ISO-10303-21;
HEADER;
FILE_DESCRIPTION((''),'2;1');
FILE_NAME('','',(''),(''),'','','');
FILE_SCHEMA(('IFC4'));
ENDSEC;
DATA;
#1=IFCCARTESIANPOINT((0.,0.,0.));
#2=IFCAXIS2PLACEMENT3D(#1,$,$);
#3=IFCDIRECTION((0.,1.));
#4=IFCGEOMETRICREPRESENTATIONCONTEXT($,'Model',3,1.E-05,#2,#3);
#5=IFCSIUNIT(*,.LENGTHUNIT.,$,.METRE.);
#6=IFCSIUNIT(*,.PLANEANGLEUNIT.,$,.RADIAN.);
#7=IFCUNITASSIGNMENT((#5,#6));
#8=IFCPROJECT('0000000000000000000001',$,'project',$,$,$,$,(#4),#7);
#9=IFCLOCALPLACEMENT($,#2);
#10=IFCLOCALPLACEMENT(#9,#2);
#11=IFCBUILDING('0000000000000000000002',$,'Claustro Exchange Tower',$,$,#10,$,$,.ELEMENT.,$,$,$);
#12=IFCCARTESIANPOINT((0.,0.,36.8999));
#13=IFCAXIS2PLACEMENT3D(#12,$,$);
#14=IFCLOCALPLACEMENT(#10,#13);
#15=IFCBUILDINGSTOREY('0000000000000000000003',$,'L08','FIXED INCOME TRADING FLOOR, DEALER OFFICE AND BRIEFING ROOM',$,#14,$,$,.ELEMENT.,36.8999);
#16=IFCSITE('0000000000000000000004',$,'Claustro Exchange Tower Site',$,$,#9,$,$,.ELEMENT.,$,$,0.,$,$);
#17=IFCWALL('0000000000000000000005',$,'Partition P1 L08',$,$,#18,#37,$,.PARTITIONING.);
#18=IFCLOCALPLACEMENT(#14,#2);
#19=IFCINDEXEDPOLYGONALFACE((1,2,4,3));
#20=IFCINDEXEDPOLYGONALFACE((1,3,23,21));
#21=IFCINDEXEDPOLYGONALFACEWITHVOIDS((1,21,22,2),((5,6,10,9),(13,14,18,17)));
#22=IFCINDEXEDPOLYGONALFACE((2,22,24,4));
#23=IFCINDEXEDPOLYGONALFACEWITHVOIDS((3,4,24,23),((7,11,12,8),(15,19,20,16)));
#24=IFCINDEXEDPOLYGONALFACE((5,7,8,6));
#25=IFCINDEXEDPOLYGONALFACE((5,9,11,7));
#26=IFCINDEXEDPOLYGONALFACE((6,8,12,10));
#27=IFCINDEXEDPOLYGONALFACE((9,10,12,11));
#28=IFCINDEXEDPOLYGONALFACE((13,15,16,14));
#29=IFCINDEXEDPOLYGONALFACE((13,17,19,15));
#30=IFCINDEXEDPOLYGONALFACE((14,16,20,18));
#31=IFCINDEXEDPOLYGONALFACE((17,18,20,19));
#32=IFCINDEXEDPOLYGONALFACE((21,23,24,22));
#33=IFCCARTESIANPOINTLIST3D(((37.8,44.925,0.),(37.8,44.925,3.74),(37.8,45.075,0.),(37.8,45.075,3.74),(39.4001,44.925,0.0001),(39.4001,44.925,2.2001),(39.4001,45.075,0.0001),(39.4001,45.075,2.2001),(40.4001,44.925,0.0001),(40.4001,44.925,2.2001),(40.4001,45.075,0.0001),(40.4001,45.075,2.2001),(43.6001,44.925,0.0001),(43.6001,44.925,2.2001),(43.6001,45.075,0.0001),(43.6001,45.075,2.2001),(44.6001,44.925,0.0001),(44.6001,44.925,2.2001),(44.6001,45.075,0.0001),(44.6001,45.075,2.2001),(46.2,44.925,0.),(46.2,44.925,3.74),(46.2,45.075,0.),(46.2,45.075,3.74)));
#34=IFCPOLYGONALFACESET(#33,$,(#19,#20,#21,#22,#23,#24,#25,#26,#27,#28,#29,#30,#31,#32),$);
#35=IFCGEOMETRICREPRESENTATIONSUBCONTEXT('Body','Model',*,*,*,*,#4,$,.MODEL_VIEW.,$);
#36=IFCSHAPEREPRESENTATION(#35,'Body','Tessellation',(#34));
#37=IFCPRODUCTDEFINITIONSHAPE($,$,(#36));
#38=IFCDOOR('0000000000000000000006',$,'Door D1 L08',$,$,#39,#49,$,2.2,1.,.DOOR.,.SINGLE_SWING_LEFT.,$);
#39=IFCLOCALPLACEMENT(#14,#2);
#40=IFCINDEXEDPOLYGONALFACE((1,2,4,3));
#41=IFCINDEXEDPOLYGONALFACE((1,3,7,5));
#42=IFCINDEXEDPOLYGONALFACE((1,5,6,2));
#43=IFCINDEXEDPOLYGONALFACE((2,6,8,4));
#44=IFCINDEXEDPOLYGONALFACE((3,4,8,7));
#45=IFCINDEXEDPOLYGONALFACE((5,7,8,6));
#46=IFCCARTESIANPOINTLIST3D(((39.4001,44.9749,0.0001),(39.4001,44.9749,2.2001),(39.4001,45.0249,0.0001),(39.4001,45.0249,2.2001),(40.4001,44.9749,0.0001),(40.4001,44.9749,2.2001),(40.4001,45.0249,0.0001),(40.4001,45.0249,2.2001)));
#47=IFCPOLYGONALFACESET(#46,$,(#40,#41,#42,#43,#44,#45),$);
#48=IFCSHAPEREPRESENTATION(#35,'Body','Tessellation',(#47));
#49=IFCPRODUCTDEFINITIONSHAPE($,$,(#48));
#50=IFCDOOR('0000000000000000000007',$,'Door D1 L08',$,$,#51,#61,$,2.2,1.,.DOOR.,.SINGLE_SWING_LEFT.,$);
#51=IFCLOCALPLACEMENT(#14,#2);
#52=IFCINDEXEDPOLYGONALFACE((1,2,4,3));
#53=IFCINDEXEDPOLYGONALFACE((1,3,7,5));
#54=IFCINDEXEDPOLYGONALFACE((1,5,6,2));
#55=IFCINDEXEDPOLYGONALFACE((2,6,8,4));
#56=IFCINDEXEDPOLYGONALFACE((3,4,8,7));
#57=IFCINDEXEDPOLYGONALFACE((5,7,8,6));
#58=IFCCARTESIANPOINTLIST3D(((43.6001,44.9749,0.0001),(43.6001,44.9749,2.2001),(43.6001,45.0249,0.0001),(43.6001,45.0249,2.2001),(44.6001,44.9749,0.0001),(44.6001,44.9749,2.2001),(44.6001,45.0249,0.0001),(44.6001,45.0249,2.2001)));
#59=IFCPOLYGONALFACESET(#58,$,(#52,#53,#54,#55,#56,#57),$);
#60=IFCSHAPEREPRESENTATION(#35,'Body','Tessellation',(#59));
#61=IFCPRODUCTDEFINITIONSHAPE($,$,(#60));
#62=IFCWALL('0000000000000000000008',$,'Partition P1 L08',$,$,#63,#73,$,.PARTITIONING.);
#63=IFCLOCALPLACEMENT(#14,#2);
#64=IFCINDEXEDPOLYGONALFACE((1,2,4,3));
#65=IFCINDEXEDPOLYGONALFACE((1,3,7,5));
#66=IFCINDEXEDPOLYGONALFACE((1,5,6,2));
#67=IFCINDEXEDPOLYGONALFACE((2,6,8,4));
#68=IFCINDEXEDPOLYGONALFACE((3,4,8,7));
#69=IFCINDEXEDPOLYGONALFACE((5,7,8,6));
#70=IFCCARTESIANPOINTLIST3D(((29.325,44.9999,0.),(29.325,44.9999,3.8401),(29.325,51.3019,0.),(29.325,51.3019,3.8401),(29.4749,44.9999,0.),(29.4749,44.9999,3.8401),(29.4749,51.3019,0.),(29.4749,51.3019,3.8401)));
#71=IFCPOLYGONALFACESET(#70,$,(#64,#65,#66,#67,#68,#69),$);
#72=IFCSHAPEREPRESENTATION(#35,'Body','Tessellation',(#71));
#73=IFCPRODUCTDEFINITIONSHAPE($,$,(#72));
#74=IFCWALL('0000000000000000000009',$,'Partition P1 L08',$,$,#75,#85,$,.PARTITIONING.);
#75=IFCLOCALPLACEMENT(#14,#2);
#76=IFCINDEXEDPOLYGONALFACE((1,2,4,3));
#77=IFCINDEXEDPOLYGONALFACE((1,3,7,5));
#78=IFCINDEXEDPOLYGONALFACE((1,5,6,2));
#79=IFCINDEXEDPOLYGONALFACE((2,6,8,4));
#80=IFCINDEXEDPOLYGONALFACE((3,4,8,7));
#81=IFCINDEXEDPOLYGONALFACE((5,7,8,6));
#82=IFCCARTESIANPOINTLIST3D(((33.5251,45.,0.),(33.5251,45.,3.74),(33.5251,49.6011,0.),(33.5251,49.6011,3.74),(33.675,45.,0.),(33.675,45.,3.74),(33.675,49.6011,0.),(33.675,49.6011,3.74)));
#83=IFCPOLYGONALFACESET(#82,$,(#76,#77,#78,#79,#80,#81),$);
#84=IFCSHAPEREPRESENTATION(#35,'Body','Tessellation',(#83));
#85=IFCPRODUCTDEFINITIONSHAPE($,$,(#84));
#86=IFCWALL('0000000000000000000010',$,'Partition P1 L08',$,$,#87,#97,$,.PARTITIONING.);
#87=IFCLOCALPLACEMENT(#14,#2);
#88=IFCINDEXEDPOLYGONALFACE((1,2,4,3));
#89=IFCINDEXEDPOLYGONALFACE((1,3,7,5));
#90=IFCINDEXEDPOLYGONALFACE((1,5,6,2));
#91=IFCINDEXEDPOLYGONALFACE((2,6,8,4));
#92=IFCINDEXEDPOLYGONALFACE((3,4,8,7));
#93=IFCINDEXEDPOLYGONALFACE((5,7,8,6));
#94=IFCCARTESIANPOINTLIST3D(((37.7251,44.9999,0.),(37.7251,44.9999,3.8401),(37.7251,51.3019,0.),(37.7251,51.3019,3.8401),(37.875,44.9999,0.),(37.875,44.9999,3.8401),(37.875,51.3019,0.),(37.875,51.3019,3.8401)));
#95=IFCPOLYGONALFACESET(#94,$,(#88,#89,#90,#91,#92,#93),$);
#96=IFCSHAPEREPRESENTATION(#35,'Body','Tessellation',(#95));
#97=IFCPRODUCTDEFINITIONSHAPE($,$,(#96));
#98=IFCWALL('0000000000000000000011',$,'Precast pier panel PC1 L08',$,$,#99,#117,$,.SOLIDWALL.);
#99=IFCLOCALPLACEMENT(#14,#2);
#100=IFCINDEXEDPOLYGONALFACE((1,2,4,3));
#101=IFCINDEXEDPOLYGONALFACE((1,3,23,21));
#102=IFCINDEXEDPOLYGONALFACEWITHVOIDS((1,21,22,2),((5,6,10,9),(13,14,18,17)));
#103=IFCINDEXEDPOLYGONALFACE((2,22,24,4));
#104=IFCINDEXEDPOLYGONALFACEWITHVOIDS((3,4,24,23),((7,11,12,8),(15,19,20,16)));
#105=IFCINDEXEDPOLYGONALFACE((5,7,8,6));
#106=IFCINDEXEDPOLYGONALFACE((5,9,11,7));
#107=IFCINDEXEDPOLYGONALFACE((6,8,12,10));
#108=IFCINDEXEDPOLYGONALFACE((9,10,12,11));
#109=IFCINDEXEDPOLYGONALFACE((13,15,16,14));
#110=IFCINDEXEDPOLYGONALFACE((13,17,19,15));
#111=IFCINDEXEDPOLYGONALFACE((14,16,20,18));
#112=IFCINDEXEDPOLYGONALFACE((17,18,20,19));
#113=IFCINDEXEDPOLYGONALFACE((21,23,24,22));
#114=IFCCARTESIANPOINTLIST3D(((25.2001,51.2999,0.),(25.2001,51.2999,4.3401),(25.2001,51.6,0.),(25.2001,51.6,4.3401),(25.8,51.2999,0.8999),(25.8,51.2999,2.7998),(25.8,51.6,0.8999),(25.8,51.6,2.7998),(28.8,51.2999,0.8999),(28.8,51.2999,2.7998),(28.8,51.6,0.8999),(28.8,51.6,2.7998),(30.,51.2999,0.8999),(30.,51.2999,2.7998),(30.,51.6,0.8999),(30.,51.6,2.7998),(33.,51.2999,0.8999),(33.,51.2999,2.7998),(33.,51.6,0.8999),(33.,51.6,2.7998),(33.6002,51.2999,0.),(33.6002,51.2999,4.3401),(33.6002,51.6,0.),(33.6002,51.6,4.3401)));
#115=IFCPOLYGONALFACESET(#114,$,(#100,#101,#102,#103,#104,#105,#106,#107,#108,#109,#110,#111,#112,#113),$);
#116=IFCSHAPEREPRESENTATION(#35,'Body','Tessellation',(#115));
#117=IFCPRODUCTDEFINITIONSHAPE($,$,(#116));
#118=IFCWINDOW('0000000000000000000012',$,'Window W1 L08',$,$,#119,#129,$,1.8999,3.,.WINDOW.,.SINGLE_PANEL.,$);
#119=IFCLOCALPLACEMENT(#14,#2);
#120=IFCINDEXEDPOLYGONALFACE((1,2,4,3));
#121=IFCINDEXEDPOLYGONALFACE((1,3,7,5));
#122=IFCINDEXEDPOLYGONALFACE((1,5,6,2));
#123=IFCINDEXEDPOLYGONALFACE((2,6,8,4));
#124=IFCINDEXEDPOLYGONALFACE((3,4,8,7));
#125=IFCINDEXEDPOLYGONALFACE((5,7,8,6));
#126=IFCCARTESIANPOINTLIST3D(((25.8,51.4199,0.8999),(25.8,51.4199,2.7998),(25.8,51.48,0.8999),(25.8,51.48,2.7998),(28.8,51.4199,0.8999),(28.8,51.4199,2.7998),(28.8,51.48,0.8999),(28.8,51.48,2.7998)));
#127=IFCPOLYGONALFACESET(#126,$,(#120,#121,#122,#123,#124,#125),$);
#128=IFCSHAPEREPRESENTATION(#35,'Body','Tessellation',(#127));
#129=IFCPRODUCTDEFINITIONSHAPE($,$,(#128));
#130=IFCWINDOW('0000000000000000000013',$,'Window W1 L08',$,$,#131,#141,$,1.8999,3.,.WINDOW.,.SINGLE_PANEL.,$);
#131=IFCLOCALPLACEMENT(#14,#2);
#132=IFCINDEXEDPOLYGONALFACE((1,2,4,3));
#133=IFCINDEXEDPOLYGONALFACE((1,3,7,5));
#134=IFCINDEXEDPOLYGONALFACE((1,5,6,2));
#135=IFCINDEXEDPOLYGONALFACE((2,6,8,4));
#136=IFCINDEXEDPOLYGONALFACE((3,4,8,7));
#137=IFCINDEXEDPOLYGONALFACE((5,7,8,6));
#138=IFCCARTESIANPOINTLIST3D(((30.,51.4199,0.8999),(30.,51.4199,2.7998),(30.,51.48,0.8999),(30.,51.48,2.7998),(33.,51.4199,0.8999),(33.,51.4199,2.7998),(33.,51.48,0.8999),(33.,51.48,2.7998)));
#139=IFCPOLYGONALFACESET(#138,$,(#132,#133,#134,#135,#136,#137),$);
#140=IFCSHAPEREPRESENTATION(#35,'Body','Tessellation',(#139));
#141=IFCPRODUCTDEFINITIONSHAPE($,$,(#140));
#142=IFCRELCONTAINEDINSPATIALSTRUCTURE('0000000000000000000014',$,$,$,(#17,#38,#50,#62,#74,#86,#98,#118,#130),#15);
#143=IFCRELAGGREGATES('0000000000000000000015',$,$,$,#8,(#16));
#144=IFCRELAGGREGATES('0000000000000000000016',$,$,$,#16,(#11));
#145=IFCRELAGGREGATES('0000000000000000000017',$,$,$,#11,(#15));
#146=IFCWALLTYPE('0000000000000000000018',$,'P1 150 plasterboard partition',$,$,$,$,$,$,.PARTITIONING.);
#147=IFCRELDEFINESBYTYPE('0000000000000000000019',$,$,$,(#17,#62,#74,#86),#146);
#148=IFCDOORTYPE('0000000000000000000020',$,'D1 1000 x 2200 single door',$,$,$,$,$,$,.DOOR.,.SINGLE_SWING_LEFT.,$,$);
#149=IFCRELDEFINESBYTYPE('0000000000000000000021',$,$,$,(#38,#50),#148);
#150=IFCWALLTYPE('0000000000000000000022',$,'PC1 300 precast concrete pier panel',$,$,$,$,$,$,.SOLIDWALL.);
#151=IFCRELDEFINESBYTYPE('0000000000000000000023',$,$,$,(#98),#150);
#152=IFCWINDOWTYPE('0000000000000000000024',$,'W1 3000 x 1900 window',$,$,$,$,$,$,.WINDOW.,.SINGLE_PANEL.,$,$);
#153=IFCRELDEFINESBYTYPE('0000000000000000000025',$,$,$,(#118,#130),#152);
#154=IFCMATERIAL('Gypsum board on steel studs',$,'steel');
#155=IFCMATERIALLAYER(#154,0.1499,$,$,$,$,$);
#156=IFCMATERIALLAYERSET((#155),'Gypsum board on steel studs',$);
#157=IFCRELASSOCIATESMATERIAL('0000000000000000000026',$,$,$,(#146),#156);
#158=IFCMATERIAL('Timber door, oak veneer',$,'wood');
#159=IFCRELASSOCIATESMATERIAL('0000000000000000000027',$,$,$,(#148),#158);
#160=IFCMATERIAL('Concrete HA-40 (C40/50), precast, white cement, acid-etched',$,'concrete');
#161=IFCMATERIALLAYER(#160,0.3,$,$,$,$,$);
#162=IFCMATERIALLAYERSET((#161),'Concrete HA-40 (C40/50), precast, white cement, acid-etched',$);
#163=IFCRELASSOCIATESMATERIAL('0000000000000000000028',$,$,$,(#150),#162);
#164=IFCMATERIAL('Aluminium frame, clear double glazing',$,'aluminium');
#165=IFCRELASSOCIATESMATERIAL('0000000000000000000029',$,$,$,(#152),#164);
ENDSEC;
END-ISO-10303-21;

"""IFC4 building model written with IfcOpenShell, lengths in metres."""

from ifc_helpers import new_model, si_unit, direction, frame, frame_2d, origin, place, context, subcontext, project, spatial, rectangle, extrude, material, layer, layer_set, type_object, element, fill, save


model = new_model("IFC4")

# Units and contexts
model_context = context("Model", 3, precision=1e-05, world=origin(), true_north=direction((0.0, 1.0)))
body_context = subcontext(model_context, "Body", "Model", "MODEL_VIEW")
ifc_project = project(units=[si_unit("LENGTHUNIT", "METRE"), si_unit("PLANEANGLEUNIT", "RADIAN")], contexts=[model_context])

# Site, building, storey
site_placement = place(None, origin())
site = spatial("IfcSite", under=ifc_project, at=site_placement, Name="Claustro Exchange Tower Site", CompositionType="ELEMENT", RefElevation=0.0)
building_placement = place(site_placement, origin())
building = spatial("IfcBuilding", under=site, at=building_placement, Name="Claustro Exchange Tower", CompositionType="ELEMENT")
storey_placement = place(building_placement, frame((0.0, 0.0, 36.8999)))
storey = spatial("IfcBuildingStorey", under=building, at=storey_placement, Name="L08", Description="FIXED INCOME TRADING FLOOR, DEALER OFFICE AND BRIEFING ROOM", CompositionType="ELEMENT", Elevation=36.8999)

# Shared definitions
ifc_material_1 = material(Name="Gypsum board on steel studs", Category="steel")
ifc_layer_1 = layer(ifc_material_1, 0.1499)
ifc_layer_set_1 = layer_set([ifc_layer_1], Name="Gypsum board on steel studs")
wall_type_1 = type_object("IfcWallType", Name="P1 150 plasterboard partition", PredefinedType="PARTITIONING", material=ifc_layer_set_1)
ifc_material_2 = material(Name="Timber door, oak veneer", Category="wood")
door_type = type_object("IfcDoorType", Name="D1 1000 x 2200 single door", OperationType="SINGLE_SWING_LEFT", PredefinedType="DOOR", material=ifc_material_2)

# Wall, openings, doors
wall_1_placement = place(storey_placement, frame((37.8, 45.0, 0.0), z_axis=(0.0, 0.0, 1.0), x_axis=(1.0, 0.0, 0.0)))
wall_1 = element("IfcWall", 1, at=wall_1_placement, inside=storey, type_object=wall_type_1, Name="Partition P1 L08", PredefinedType="PARTITIONING", context=body_context, shape_type="SweptSolid", body=[
    extrude(rectangle(XDim=8.3999, YDim=0.1499, at=frame_2d((4.2, 0.0))), origin(), (0.0, 0.0, 1.0), 3.74),
])
opening_1_placement = place(wall_1_placement, frame((1.6001, 0.0, 0.0)))
opening_1 = element("IfcOpeningElement", 2, at=opening_1_placement, cuts=wall_1, PredefinedType="OPENING", context=body_context, shape_type="SweptSolid", body=[
    extrude(rectangle(XDim=1.0, YDim=2.2, at=frame_2d((0.5, 1.1001))), frame((0.0, 0.085, 0.0), z_axis=(0.0, -1.0, 0.0), x_axis=(1.0, 0.0, 0.0)), (0.0, 0.0, 1.0), 0.1699),
])
opening_2_placement = place(wall_1_placement, frame((5.8, 0.0, 0.0)))
opening_2 = element("IfcOpeningElement", 3, at=opening_2_placement, cuts=wall_1, PredefinedType="OPENING", context=body_context, shape_type="SweptSolid", body=[
    extrude(rectangle(XDim=1.0, YDim=2.2, at=frame_2d((0.5, 1.1001))), frame((0.0, 0.085, 0.0), z_axis=(0.0, -1.0, 0.0), x_axis=(1.0, 0.0, 0.0)), (0.0, 0.0, 1.0), 0.1699),
])
door_1_placement = place(opening_1_placement, origin())
door_1 = element("IfcDoor", 4, at=door_1_placement, inside=storey, type_object=door_type, Name="Door D1 L08", OperationType="SINGLE_SWING_LEFT", OverallHeight=2.2, OverallWidth=1.0, PredefinedType="DOOR", context=body_context, shape_type="SweptSolid", body=[
    extrude(rectangle(XDim=1.0, YDim=2.2, at=frame_2d((0.5, 1.1001))), frame((0.0, 0.0249, 0.0), z_axis=(0.0, -1.0, 0.0), x_axis=(1.0, 0.0, 0.0)), (0.0, 0.0, 1.0), 0.05),
])
fill(opening_1, door_1)
door_2_placement = place(opening_2_placement, origin())
door_2 = element("IfcDoor", 5, at=door_2_placement, inside=storey, type_object=door_type, Name="Door D1 L08", OperationType="SINGLE_SWING_LEFT", OverallHeight=2.2, OverallWidth=1.0, PredefinedType="DOOR", context=body_context, shape_type="SweptSolid", body=[
    extrude(rectangle(XDim=1.0, YDim=2.2, at=frame_2d((0.5, 1.1001))), frame((0.0, 0.0249, 0.0), z_axis=(0.0, -1.0, 0.0), x_axis=(1.0, 0.0, 0.0)), (0.0, 0.0, 1.0), 0.05),
])
fill(opening_2, door_2)

# Walls
wall_2_placement = place(storey_placement, frame((29.3999, 45.0, 0.0), z_axis=(0.0, 0.0, 1.0), x_axis=(0.0, 1.0, 0.0)))
element("IfcWall", 6, at=wall_2_placement, inside=storey, type_object=wall_type_1, Name="Partition P1 L08", PredefinedType="PARTITIONING", context=body_context, shape_type="SweptSolid", body=[
    extrude(rectangle(XDim=6.302, YDim=0.1499, at=frame_2d((3.1509, 0.0))), origin(), (0.0, 0.0, 1.0), 3.8401),
])
wall_3_placement = place(storey_placement, frame((33.6001, 45.0, 0.0), z_axis=(0.0, 0.0, 1.0), x_axis=(0.0, 1.0, 0.0)))
element("IfcWall", 7, at=wall_3_placement, inside=storey, type_object=wall_type_1, Name="Partition P1 L08", PredefinedType="PARTITIONING", context=body_context, shape_type="SweptSolid", body=[
    extrude(rectangle(XDim=4.6011, YDim=0.1499, at=frame_2d((2.3005, 0.0))), origin(), (0.0, 0.0, 1.0), 3.74),
])
wall_4_placement = place(storey_placement, frame((37.8, 45.0, 0.0), z_axis=(0.0, 0.0, 1.0), x_axis=(0.0, 1.0, 0.0)))
element("IfcWall", 8, at=wall_4_placement, inside=storey, type_object=wall_type_1, Name="Partition P1 L08", PredefinedType="PARTITIONING", context=body_context, shape_type="SweptSolid", body=[
    extrude(rectangle(XDim=6.302, YDim=0.1499, at=frame_2d((3.1509, 0.0))), origin(), (0.0, 0.0, 1.0), 3.8401),
])

# Wall, openings, windows
ifc_material_3 = material(Name="Concrete HA-40 (C40/50), precast, white cement, acid-etched", Category="concrete")
ifc_layer_2 = layer(ifc_material_3, 0.3)
ifc_layer_set_2 = layer_set([ifc_layer_2], Name="Concrete HA-40 (C40/50), precast, white cement, acid-etched")
wall_type_2 = type_object("IfcWallType", Name="PC1 300 precast concrete pier panel", PredefinedType="SOLIDWALL", material=ifc_layer_set_2)
wall_5_placement = place(storey_placement, frame((25.2, 51.45, 0.0), z_axis=(0.0, 0.0, 1.0), x_axis=(1.0, 0.0, 0.0)))
wall_5 = element("IfcWall", 9, at=wall_5_placement, inside=storey, type_object=wall_type_2, Name="Precast pier panel PC1 L08", PredefinedType="SOLIDWALL", context=body_context, shape_type="SweptSolid", body=[
    extrude(rectangle(XDim=8.4001, YDim=0.3, at=frame_2d((4.2002, 0.0))), origin(), (0.0, 0.0, 1.0), 4.3401),
])
opening_3_placement = place(wall_5_placement, frame((0.6001, 0.0, 0.8999)))
opening_3 = element("IfcOpeningElement", 10, at=opening_3_placement, cuts=wall_5, PredefinedType="OPENING", context=body_context, shape_type="SweptSolid", body=[
    extrude(rectangle(XDim=3.0, YDim=1.8999, at=frame_2d((1.5, 0.95))), frame((0.0, 0.1599, 0.0), z_axis=(0.0, -1.0, 0.0), x_axis=(1.0, 0.0, 0.0)), (0.0, 0.0, 1.0), 0.3201),
])
opening_4_placement = place(wall_5_placement, frame((4.8, 0.0, 0.8999)))
opening_4 = element("IfcOpeningElement", 11, at=opening_4_placement, cuts=wall_5, PredefinedType="OPENING", context=body_context, shape_type="SweptSolid", body=[
    extrude(rectangle(XDim=3.0, YDim=1.8999, at=frame_2d((1.5, 0.95))), frame((0.0, 0.1599, 0.0), z_axis=(0.0, -1.0, 0.0), x_axis=(1.0, 0.0, 0.0)), (0.0, 0.0, 1.0), 0.3201),
])
ifc_material_4 = material(Name="Aluminium frame, clear double glazing", Category="aluminium")
window_type = type_object("IfcWindowType", Name="W1 3000 x 1900 window", PartitioningType="SINGLE_PANEL", PredefinedType="WINDOW", material=ifc_material_4)
window_1_placement = place(opening_3_placement, origin())
window_1 = element("IfcWindow", 12, at=window_1_placement, inside=storey, type_object=window_type, Name="Window W1 L08", OverallHeight=1.8999, OverallWidth=3.0, PartitioningType="SINGLE_PANEL", PredefinedType="WINDOW", context=body_context, shape_type="SweptSolid", body=[
    extrude(rectangle(XDim=3.0, YDim=1.8999, at=frame_2d((1.5, 0.95))), frame((0.0, 0.03, 0.0), z_axis=(0.0, -1.0, 0.0), x_axis=(1.0, 0.0, 0.0)), (0.0, 0.0, 1.0), 0.0601),
])
fill(opening_3, window_1)
window_2_placement = place(opening_4_placement, origin())
window_2 = element("IfcWindow", 13, at=window_2_placement, inside=storey, type_object=window_type, Name="Window W1 L08", OverallHeight=1.8999, OverallWidth=3.0, PartitioningType="SINGLE_PANEL", PredefinedType="WINDOW", context=body_context, shape_type="SweptSolid", body=[
    extrude(rectangle(XDim=3.0, YDim=1.8999, at=frame_2d((1.5, 0.95))), frame((0.0, 0.03, 0.0), z_axis=(0.0, -1.0, 0.0), x_axis=(1.0, 0.0, 0.0)), (0.0, 0.0, 1.0), 0.0601),
])
fill(opening_4, window_2)

save(model, "model.ifc")
